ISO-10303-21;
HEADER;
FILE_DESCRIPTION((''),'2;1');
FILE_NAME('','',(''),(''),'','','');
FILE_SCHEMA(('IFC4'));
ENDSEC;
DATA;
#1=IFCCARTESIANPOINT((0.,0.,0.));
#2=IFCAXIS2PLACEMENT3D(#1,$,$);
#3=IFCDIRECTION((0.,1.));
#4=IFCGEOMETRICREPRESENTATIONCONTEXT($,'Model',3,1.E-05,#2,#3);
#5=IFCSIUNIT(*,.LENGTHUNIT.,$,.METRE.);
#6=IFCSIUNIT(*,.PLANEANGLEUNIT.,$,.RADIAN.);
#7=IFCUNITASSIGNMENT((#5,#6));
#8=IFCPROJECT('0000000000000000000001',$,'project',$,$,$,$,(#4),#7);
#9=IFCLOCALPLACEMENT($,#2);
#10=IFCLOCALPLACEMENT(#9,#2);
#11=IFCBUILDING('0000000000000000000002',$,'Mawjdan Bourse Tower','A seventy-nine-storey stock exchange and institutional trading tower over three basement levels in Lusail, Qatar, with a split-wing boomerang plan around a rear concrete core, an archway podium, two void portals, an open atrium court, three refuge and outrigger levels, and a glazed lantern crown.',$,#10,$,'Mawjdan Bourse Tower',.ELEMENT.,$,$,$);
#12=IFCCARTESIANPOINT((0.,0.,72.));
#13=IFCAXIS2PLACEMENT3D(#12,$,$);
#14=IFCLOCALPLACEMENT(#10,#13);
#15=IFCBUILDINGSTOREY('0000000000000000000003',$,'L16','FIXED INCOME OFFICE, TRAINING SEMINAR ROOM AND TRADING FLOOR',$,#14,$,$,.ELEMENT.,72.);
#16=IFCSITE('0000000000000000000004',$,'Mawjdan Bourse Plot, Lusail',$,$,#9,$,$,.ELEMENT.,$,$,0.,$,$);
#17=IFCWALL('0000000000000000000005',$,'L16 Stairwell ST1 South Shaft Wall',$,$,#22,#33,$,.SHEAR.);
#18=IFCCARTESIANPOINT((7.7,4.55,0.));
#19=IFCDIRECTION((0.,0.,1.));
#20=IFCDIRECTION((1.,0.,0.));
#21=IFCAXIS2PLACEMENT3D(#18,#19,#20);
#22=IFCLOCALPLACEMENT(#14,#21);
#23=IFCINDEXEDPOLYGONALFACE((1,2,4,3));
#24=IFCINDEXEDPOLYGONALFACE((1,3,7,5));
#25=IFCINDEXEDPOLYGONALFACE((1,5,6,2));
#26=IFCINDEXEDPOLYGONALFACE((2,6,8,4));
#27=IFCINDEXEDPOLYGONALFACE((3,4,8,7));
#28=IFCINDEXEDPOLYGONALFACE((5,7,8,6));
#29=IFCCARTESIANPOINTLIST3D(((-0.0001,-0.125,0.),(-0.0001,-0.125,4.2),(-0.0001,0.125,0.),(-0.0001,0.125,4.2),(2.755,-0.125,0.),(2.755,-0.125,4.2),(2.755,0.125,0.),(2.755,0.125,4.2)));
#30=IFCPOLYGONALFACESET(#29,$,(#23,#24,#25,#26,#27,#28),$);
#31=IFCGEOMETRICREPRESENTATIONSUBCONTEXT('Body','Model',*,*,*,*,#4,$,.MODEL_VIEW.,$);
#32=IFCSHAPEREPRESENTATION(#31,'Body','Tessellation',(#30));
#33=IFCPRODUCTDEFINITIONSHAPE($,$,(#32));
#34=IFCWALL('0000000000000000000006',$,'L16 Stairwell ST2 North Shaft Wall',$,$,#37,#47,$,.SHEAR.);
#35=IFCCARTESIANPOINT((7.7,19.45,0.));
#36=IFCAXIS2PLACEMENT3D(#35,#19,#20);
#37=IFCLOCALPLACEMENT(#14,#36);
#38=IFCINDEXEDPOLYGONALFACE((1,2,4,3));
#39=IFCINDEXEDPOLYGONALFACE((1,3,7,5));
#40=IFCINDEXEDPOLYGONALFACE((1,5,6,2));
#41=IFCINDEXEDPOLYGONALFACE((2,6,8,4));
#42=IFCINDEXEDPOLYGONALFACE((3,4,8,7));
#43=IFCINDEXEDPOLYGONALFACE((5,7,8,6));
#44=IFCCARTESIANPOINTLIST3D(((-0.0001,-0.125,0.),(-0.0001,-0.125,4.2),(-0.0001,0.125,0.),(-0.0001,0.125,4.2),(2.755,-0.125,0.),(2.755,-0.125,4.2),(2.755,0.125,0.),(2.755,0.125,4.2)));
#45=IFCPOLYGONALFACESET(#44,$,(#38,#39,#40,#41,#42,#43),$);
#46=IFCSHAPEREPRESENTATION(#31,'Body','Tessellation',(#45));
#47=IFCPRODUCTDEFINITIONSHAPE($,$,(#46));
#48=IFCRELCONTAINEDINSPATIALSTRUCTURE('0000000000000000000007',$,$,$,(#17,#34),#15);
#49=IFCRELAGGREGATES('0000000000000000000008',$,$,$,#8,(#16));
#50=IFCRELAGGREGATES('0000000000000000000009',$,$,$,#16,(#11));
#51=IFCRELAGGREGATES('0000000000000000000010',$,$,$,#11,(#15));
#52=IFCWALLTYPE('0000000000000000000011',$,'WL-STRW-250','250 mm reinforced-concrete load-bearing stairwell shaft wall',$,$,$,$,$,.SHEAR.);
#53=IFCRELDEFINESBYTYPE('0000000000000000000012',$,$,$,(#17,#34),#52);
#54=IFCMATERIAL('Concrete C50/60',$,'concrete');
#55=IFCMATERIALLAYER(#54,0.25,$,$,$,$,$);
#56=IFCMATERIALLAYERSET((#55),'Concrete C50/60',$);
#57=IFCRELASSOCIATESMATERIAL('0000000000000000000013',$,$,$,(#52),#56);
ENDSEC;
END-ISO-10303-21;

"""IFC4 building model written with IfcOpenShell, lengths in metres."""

from ifc_helpers import new_model, si_unit, direction, frame, frame_2d, origin, place, context, subcontext, project, spatial, rectangle, extrude, material, layer, layer_set, type_object, element, save


model = new_model("IFC4")

# Units and contexts
model_context = context("Model", 3, precision=1e-05, world=origin(), true_north=direction((0.0, 1.0)))
body_context = subcontext(model_context, "Body", "Model", "MODEL_VIEW")
ifc_project = project(units=[si_unit("LENGTHUNIT", "METRE"), si_unit("PLANEANGLEUNIT", "RADIAN")], contexts=[model_context])

# Site, building, storey
site_placement = place(None, origin())
site = spatial("IfcSite", under=ifc_project, at=site_placement, Name="Mawjdan Bourse Plot, Lusail", CompositionType="ELEMENT", RefElevation=0.0)
building_placement = place(site_placement, origin())
building = spatial("IfcBuilding", under=site, at=building_placement, Name="Mawjdan Bourse Tower", Description="A seventy-nine-storey stock exchange and institutional trading tower over three basement levels in Lusail, Qatar, with a split-wing boomerang plan around a rear concrete core, an archway podium, two void portals, an open atrium court, three refuge and outrigger levels, and a glazed lantern crown.", LongName="Mawjdan Bourse Tower", CompositionType="ELEMENT")
storey_placement = place(building_placement, frame((0.0, 0.0, 72.0)))
storey = spatial("IfcBuildingStorey", under=building, at=storey_placement, Name="L16", Description="FIXED INCOME OFFICE, TRAINING SEMINAR ROOM AND TRADING FLOOR", CompositionType="ELEMENT", Elevation=72.0)

# Shared definitions
ifc_material_1 = material(Name="Concrete C50/60", Category="concrete")

# Walls
ifc_layer_1 = layer(ifc_material_1, 0.25)
ifc_layer_set_1 = layer_set([ifc_layer_1], Name="Concrete C50/60")
wall_type_1 = type_object("IfcWallType", Name="WL-STRW-250", Description="250 mm reinforced-concrete load-bearing stairwell shaft wall", PredefinedType="SHEAR", material=ifc_layer_set_1)
for number, where, z_axis, x_axis, name in (
    (1, (7.7, 4.55, 0.0), (0.0, 0.0, 1.0), (1.0, 0.0, 0.0), "L16 Stairwell ST1 South Shaft Wall"),
    (2, (7.7, 19.45, 0.0), (0.0, 0.0, 1.0), (1.0, 0.0, 0.0), "L16 Stairwell ST2 North Shaft Wall"),
):
    element("IfcWall", number, at=place(storey_placement, frame(where, z_axis=z_axis, x_axis=x_axis)), inside=storey, type_object=wall_type_1, Name=name, PredefinedType="SHEAR", context=body_context, shape_type="SweptSolid", body=[
        extrude(rectangle(XDim=2.7551, YDim=0.25, at=frame_2d((1.3774, 0.0))), origin(), (0.0, 0.0, 1.0), 4.2),
    ])

save(model, "model.ifc")
